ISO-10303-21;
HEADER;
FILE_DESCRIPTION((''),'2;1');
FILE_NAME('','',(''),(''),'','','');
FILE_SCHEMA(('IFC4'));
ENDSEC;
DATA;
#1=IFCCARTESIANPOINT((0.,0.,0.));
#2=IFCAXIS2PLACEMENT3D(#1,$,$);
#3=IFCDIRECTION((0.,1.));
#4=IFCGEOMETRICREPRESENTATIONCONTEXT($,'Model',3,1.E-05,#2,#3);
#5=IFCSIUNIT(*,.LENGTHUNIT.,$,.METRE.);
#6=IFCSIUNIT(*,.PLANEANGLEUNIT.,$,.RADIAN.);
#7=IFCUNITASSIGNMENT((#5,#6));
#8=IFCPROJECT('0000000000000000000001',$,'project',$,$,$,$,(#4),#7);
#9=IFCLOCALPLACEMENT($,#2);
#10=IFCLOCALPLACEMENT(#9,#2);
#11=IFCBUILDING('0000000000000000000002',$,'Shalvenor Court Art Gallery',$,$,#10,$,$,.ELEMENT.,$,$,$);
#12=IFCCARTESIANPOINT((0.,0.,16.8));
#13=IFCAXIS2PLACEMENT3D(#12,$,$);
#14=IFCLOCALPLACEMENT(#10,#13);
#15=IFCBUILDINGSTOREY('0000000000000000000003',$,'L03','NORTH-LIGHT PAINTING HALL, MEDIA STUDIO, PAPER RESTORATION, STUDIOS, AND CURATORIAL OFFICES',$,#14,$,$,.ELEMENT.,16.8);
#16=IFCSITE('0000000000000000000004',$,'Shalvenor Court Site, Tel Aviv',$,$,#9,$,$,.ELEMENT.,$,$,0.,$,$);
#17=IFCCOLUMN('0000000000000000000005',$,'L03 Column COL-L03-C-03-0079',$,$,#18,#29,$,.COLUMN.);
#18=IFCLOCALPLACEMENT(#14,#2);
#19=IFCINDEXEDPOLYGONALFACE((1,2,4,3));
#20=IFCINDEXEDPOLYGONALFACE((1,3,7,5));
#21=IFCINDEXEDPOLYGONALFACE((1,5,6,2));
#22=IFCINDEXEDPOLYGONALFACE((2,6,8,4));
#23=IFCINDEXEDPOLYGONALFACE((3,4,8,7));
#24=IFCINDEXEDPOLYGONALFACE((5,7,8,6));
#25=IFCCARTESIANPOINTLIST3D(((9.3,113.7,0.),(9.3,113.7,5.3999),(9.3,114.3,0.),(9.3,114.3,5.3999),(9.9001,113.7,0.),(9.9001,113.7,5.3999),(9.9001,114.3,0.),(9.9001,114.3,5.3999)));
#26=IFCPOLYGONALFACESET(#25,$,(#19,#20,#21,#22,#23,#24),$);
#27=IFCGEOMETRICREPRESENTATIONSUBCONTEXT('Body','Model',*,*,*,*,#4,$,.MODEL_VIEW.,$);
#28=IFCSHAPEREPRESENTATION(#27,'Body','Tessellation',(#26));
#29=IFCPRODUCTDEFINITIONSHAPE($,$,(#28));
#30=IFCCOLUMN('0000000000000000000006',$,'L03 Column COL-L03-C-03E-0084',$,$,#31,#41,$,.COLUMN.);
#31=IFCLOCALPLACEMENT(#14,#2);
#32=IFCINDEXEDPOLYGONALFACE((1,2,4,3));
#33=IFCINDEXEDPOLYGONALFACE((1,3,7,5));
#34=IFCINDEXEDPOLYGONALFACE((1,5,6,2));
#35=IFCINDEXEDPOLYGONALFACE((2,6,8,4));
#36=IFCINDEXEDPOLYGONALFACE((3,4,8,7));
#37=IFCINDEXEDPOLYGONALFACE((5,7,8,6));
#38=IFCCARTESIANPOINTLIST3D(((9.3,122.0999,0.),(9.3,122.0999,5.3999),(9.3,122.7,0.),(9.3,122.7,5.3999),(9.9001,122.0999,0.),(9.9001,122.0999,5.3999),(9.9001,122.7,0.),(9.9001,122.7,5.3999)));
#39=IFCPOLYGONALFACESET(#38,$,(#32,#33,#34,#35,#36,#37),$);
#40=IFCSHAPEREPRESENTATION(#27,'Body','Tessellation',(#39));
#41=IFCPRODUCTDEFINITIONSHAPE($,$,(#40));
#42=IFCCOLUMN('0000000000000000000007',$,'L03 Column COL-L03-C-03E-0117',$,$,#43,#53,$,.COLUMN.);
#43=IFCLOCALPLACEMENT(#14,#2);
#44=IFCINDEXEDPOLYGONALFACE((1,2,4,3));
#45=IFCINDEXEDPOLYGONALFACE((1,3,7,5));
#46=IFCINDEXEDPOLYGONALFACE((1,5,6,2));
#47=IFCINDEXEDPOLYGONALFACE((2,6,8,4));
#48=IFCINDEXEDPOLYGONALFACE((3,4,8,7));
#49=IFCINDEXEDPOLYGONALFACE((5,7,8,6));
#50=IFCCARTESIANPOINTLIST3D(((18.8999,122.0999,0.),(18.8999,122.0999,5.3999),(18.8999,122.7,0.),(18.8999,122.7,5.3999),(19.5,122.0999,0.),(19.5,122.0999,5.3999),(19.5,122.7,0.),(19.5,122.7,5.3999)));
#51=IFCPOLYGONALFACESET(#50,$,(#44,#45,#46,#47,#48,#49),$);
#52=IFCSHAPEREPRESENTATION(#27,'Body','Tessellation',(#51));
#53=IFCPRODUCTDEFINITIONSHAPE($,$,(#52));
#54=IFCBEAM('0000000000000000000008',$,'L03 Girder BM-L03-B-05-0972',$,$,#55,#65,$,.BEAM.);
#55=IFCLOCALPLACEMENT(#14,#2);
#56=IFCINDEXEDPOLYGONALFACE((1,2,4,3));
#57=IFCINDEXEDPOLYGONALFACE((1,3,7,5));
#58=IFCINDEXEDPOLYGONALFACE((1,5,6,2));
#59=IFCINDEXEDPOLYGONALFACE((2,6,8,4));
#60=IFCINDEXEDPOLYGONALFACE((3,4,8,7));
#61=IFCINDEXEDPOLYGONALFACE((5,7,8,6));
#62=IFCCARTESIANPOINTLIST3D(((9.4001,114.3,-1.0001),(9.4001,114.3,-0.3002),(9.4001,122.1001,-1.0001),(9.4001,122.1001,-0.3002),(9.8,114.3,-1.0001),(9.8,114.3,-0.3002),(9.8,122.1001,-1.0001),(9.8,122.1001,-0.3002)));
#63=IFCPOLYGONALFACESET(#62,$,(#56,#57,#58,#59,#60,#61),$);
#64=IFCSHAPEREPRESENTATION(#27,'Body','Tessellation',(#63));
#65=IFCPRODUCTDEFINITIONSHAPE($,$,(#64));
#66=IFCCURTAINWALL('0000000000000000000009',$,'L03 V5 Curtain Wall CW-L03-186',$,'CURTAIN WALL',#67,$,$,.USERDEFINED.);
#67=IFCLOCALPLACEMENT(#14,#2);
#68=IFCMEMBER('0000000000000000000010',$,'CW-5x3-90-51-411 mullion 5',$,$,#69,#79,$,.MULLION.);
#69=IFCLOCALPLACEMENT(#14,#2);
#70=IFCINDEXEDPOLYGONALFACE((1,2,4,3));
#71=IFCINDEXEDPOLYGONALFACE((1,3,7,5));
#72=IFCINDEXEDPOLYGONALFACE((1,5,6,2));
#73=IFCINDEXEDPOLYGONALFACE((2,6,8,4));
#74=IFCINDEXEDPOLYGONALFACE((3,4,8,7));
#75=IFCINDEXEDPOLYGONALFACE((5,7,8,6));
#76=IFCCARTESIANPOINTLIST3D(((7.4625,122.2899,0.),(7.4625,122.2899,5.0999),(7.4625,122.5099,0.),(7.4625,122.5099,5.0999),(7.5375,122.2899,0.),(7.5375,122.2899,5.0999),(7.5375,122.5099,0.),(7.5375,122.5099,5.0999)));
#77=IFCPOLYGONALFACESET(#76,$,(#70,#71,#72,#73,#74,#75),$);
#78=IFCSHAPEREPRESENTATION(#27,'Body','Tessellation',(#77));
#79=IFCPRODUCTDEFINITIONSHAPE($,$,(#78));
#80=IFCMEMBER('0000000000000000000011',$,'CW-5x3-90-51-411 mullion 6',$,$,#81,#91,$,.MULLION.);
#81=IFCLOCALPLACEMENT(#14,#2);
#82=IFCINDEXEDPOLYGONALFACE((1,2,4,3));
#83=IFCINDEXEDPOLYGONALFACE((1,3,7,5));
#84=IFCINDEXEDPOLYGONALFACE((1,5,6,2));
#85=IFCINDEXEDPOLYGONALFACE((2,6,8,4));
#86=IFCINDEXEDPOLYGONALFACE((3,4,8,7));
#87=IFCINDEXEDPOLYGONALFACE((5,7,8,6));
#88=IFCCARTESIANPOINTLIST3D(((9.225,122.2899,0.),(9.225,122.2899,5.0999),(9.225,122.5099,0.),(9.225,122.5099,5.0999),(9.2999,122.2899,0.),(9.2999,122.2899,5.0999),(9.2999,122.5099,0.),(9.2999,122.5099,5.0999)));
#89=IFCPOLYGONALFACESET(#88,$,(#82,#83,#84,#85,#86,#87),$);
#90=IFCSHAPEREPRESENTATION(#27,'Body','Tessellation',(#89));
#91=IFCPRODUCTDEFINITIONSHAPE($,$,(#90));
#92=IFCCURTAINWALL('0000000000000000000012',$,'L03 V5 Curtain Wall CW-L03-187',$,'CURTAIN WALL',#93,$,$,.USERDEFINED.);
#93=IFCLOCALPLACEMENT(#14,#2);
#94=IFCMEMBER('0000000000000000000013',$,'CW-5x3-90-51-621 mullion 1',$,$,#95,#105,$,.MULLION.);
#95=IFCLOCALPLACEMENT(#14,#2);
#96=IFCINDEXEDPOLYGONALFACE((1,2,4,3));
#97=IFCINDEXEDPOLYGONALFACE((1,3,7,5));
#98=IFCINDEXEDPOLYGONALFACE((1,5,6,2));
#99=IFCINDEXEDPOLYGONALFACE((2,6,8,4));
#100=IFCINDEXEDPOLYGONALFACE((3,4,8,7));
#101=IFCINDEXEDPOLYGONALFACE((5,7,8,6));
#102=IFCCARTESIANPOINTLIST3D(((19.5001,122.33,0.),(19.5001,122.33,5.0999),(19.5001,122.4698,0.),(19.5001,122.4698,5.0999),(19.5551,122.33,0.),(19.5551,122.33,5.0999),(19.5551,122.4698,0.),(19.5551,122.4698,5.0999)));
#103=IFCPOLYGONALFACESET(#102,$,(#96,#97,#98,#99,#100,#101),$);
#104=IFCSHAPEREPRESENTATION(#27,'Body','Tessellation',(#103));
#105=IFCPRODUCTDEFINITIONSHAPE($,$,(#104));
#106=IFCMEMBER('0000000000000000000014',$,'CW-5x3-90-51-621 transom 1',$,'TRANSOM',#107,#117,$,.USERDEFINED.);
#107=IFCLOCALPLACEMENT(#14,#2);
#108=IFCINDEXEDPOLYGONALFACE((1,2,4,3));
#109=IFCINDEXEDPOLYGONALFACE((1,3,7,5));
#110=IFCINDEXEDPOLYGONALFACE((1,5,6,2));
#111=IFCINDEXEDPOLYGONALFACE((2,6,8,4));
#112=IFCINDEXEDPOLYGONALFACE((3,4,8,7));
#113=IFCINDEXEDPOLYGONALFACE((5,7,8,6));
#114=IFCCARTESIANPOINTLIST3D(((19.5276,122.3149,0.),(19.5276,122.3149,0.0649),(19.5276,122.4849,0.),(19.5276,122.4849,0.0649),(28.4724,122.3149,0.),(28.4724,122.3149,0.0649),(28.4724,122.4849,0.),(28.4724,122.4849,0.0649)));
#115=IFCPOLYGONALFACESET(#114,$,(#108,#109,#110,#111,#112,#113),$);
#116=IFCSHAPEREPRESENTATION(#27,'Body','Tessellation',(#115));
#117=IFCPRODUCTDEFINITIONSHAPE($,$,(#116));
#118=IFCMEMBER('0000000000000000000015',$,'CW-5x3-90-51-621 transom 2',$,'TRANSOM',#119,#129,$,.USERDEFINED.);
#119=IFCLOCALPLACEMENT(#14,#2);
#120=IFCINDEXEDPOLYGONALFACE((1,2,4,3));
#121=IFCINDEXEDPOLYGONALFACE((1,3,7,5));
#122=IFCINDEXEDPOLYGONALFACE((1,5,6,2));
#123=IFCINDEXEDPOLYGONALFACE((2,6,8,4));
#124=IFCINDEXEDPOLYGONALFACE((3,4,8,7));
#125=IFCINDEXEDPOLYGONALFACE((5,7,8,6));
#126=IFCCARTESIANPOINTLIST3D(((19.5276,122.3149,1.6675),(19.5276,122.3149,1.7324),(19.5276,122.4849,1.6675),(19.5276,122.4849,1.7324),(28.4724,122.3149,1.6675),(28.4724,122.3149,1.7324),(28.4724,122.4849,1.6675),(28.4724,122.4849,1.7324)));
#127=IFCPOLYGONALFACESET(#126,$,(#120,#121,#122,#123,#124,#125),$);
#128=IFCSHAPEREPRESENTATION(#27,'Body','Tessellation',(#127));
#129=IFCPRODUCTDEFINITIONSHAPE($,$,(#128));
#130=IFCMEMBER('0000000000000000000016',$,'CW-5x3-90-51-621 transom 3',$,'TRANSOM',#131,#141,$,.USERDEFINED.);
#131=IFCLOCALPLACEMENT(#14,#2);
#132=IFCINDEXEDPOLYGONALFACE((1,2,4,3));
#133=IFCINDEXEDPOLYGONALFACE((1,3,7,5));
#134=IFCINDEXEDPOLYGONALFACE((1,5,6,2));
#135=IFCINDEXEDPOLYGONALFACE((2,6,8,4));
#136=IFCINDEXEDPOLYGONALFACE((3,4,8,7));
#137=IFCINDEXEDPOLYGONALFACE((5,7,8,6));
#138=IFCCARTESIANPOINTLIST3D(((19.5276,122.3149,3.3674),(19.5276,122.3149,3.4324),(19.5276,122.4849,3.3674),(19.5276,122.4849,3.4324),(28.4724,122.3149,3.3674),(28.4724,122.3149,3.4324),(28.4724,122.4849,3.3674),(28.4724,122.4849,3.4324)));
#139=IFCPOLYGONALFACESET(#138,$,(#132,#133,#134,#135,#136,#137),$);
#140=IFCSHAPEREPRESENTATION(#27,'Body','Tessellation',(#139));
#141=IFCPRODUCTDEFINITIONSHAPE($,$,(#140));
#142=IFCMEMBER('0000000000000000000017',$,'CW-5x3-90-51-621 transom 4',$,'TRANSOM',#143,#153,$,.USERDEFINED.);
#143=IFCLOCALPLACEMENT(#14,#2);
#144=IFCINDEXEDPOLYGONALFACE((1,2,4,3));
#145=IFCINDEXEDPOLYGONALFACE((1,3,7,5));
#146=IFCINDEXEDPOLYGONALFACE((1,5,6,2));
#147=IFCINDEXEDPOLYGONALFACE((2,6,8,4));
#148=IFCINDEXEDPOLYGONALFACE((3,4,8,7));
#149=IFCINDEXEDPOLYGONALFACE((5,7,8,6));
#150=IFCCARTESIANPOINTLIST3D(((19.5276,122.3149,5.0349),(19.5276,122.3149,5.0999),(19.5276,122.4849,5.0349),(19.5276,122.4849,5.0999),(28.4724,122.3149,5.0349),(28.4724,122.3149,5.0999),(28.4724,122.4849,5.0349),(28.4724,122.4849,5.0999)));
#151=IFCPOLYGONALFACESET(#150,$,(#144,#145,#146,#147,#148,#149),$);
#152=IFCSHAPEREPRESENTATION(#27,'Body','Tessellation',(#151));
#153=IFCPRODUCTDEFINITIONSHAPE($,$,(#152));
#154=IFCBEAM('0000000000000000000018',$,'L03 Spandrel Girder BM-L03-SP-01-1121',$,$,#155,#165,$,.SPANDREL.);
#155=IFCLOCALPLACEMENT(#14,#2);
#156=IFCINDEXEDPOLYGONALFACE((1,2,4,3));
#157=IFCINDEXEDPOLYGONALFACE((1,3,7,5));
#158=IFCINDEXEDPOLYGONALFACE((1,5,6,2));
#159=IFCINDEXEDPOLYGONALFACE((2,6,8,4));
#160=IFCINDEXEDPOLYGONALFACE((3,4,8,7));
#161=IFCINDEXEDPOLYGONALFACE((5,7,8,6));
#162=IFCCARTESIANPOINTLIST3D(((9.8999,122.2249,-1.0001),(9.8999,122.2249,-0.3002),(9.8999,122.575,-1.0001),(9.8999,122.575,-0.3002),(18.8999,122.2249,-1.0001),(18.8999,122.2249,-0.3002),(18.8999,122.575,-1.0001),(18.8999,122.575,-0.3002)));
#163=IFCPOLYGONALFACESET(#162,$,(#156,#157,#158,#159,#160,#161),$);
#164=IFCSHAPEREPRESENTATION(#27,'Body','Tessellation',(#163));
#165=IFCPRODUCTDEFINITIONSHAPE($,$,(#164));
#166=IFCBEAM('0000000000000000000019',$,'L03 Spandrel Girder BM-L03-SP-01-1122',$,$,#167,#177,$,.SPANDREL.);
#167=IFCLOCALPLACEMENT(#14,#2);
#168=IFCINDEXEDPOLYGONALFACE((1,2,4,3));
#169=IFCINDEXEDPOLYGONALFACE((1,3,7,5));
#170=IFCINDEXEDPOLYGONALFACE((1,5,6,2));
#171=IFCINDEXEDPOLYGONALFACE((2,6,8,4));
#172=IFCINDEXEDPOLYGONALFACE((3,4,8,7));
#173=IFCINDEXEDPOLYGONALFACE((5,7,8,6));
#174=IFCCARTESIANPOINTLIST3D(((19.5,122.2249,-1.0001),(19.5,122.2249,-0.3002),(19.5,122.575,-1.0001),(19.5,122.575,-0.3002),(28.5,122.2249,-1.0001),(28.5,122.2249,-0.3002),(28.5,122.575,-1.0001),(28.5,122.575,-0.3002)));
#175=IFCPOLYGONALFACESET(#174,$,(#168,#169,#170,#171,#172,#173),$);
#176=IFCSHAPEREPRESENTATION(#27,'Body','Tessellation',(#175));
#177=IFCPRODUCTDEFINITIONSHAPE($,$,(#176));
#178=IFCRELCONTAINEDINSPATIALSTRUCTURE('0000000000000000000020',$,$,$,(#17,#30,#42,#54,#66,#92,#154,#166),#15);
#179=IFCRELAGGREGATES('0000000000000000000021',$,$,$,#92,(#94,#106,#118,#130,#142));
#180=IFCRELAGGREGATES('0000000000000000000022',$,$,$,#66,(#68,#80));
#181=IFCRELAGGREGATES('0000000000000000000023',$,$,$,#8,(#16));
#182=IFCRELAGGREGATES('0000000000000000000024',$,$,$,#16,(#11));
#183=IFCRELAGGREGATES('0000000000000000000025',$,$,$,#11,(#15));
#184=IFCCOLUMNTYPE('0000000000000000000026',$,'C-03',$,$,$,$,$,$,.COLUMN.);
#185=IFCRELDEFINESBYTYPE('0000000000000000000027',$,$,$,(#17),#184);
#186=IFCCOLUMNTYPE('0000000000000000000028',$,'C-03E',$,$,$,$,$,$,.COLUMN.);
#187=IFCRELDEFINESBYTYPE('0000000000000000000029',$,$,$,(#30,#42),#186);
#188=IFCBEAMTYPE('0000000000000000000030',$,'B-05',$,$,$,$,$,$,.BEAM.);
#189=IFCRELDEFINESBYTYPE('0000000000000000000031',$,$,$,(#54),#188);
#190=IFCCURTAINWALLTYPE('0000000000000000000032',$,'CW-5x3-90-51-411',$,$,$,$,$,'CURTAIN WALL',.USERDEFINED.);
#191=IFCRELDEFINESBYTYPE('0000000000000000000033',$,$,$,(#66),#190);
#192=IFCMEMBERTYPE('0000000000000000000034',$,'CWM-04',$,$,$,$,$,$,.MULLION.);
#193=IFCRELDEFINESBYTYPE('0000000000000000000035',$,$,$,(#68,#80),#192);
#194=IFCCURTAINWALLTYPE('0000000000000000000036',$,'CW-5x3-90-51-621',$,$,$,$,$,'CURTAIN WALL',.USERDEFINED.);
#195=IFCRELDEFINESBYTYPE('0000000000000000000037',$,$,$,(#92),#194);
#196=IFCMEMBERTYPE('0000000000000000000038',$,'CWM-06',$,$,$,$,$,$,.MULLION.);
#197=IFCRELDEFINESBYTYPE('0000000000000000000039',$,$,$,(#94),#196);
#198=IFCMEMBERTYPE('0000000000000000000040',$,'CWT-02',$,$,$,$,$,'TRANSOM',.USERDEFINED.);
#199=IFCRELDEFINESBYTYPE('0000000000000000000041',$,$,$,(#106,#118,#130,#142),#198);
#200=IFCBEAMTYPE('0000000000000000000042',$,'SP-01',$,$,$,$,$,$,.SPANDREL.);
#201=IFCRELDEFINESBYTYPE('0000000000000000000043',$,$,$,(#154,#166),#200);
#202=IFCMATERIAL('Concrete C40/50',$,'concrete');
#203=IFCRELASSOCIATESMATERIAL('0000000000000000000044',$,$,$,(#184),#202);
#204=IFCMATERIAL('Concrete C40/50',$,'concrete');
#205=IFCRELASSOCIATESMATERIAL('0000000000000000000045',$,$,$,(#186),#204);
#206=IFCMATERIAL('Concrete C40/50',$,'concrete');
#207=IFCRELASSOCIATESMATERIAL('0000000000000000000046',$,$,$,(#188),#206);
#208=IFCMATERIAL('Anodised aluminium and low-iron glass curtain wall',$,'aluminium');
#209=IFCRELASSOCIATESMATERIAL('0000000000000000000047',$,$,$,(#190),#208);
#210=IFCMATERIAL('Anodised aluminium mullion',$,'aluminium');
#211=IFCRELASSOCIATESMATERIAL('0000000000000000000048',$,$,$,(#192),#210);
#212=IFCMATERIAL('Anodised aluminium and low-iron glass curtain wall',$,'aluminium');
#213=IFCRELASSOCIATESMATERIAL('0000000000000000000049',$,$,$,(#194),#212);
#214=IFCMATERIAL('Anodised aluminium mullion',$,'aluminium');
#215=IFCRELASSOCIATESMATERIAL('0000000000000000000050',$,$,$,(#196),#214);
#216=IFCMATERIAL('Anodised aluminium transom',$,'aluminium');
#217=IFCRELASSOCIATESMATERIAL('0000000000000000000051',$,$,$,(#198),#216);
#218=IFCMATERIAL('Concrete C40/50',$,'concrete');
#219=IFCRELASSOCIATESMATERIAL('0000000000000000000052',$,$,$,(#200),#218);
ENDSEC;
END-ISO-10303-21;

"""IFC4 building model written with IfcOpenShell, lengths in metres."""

from ifc_helpers import new_model, si_unit, direction, frame, origin, origin_2d, place, context, subcontext, project, spatial, rectangle, extrude, material, material_profile, profile_set, type_object, element, aggregate, save


model = new_model("IFC4")

# Units and contexts
model_context = context("Model", 3, precision=1e-05, world=origin(), true_north=direction((0.0, 1.0)))
body_context = subcontext(model_context, "Body", "Model", "MODEL_VIEW")
ifc_project = project(units=[si_unit("LENGTHUNIT", "METRE"), si_unit("PLANEANGLEUNIT", "RADIAN")], contexts=[model_context])

# Site, building, storey
site_placement = place(None, origin())
site = spatial("IfcSite", under=ifc_project, at=site_placement, Name="Shalvenor Court Site, Tel Aviv", CompositionType="ELEMENT", RefElevation=0.0)
building_placement = place(site_placement, origin())
building = spatial("IfcBuilding", under=site, at=building_placement, Name="Shalvenor Court Art Gallery", CompositionType="ELEMENT")
storey_placement = place(building_placement, frame((0.0, 0.0, 16.8)))
storey = spatial("IfcBuildingStorey", under=building, at=storey_placement, Name="L03", Description="NORTH-LIGHT PAINTING HALL, MEDIA STUDIO, PAPER RESTORATION, STUDIOS, AND CURATORIAL OFFICES", CompositionType="ELEMENT", Elevation=16.8)

# Columns
ifc_material_1 = material(Name="Concrete C40/50", Category="concrete")
ifc_material_profile_1 = material_profile(ifc_material_1, rectangle(XDim=0.6001, YDim=0.6001, at=origin_2d()), Name="RC 600x600")
ifc_profile_set_1 = profile_set([ifc_material_profile_1], Name="Concrete C40/50")
column_type_1 = type_object("IfcColumnType", Name="C-03", PredefinedType="COLUMN", material=ifc_profile_set_1)
column_placement = place(storey_placement, frame((9.6001, 114.0, 0.0), z_axis=(0.0, 0.0, 1.0), x_axis=(1.0, 0.0, 0.0)))
element("IfcColumn", 1, at=column_placement, inside=storey, type_object=column_type_1, Name="L03 Column COL-L03-C-03-0079", PredefinedType="COLUMN", context=body_context, shape_type="SweptSolid", body=[
    extrude(rectangle(XDim=0.6001, YDim=0.6001, at=origin_2d()), origin(), (0.0, 0.0, 1.0), 5.3999),
])
ifc_material_2 = material(Name="Concrete C40/50", Category="concrete")
ifc_material_profile_2 = material_profile(ifc_material_2, rectangle(XDim=0.6001, YDim=0.6001, at=origin_2d()), Name="RC 600x600")
ifc_profile_set_2 = profile_set([ifc_material_profile_2], Name="Concrete C40/50")
column_type_2 = type_object("IfcColumnType", Name="C-03E", PredefinedType="COLUMN", material=ifc_profile_set_2)
for number, where, z_axis, x_axis, name in (
    (2, (9.6001, 122.3999, 0.0), (0.0, 0.0, 1.0), (1.0, 0.0, 0.0), "L03 Column COL-L03-C-03E-0084"),
    (3, (19.2, 122.3999, 0.0), (0.0, 0.0, 1.0), (1.0, 0.0, 0.0), "L03 Column COL-L03-C-03E-0117"),
):
    element("IfcColumn", number, at=place(storey_placement, frame(where, z_axis=z_axis, x_axis=x_axis)), inside=storey, type_object=column_type_2, Name=name, PredefinedType="COLUMN", context=body_context, shape_type="SweptSolid", body=[
        extrude(rectangle(XDim=0.6001, YDim=0.6001, at=origin_2d()), origin(), (0.0, 0.0, 1.0), 5.3999),
    ])

# Beam
ifc_material_3 = material(Name="Concrete C40/50", Category="concrete")
ifc_material_profile_3 = material_profile(ifc_material_3, rectangle(XDim=0.3999, YDim=0.7, at=origin_2d()), Name="RC 400x700")
ifc_profile_set_3 = profile_set([ifc_material_profile_3], Name="Concrete C40/50")
beam_type_1 = type_object("IfcBeamType", Name="B-05", PredefinedType="BEAM", material=ifc_profile_set_3)
beam_placement = place(storey_placement, frame((9.6001, 114.3, -0.6501), z_axis=(0.0, 1.0, 0.0), x_axis=(-1.0, 0.0, 0.0)))
element("IfcBeam", 4, at=beam_placement, inside=storey, type_object=beam_type_1, Name="L03 Girder BM-L03-B-05-0972", PredefinedType="BEAM", context=body_context, shape_type="SweptSolid", body=[
    extrude(rectangle(XDim=0.3999, YDim=0.7, at=origin_2d()), origin(), (0.0, 0.0, 1.0), 7.8),
])

# Curtain walls, members
ifc_material_4 = material(Name="Anodised aluminium and low-iron glass curtain wall", Category="aluminium")
curtain_wall_type_1 = type_object("IfcCurtainWallType", Name="CW-5x3-90-51-411", ElementType="CURTAIN WALL", PredefinedType="USERDEFINED", material=ifc_material_4)
curtain_wall_1_placement = place(storey_placement, origin())
curtain_wall_1 = element("IfcCurtainWall", 5, at=curtain_wall_1_placement, inside=storey, type_object=curtain_wall_type_1, Name="L03 V5 Curtain Wall CW-L03-186", ObjectType="CURTAIN WALL", PredefinedType="USERDEFINED")
ifc_material_5 = material(Name="Anodised aluminium mullion", Category="aluminium")
ifc_material_profile_4 = material_profile(ifc_material_5, rectangle(XDim=0.075, YDim=0.22, at=origin_2d()), Name="CWM-04")
ifc_profile_set_4 = profile_set([ifc_material_profile_4], Name="Anodised aluminium mullion")
member_type_1 = type_object("IfcMemberType", Name="CWM-04", PredefinedType="MULLION", material=ifc_profile_set_4)
member_1_placement = place(storey_placement, frame((7.5, 122.3999, 0.0), z_axis=(0.0, 0.0, 1.0), x_axis=(1.0, 0.0, 0.0)))
member_1 = element("IfcMember", 6, at=member_1_placement, type_object=member_type_1, Name="CW-5x3-90-51-411 mullion 5", PredefinedType="MULLION", context=body_context, shape_type="SweptSolid", body=[
    extrude(rectangle(XDim=0.075, YDim=0.22, at=origin_2d()), origin(), (0.0, 0.0, 1.0), 5.0999),
])
member_2_placement = place(storey_placement, frame((9.2625, 122.3999, 0.0), z_axis=(0.0, 0.0, 1.0), x_axis=(1.0, 0.0, 0.0)))
member_2 = element("IfcMember", 7, at=member_2_placement, type_object=member_type_1, Name="CW-5x3-90-51-411 mullion 6", PredefinedType="MULLION", context=body_context, shape_type="SweptSolid", body=[
    extrude(rectangle(XDim=0.075, YDim=0.22, at=origin_2d()), origin(), (0.0, 0.0, 1.0), 5.0999),
])
ifc_material_6 = material(Name="Anodised aluminium and low-iron glass curtain wall", Category="aluminium")
curtain_wall_type_2 = type_object("IfcCurtainWallType", Name="CW-5x3-90-51-621", ElementType="CURTAIN WALL", PredefinedType="USERDEFINED", material=ifc_material_6)
curtain_wall_2_placement = place(storey_placement, origin())
curtain_wall_2 = element("IfcCurtainWall", 8, at=curtain_wall_2_placement, inside=storey, type_object=curtain_wall_type_2, Name="L03 V5 Curtain Wall CW-L03-187", ObjectType="CURTAIN WALL", PredefinedType="USERDEFINED")
ifc_material_7 = material(Name="Anodised aluminium mullion", Category="aluminium")
ifc_material_profile_5 = material_profile(ifc_material_7, rectangle(XDim=0.0549, YDim=0.1399, at=origin_2d()), Name="CWM-06")
ifc_profile_set_5 = profile_set([ifc_material_profile_5], Name="Anodised aluminium mullion")
member_type_2 = type_object("IfcMemberType", Name="CWM-06", PredefinedType="MULLION", material=ifc_profile_set_5)
member_3_placement = place(storey_placement, frame((19.5276, 122.3999, 0.0), z_axis=(0.0, 0.0, 1.0), x_axis=(1.0, 0.0, 0.0)))
member_3 = element("IfcMember", 9, at=member_3_placement, type_object=member_type_2, Name="CW-5x3-90-51-621 mullion 1", PredefinedType="MULLION", context=body_context, shape_type="SweptSolid", body=[
    extrude(rectangle(XDim=0.0549, YDim=0.1399, at=origin_2d()), origin(), (0.0, 0.0, 1.0), 5.0999),
])
ifc_material_8 = material(Name="Anodised aluminium transom", Category="aluminium")
ifc_material_profile_6 = material_profile(ifc_material_8, rectangle(XDim=0.1699, YDim=0.0649, at=origin_2d()), Name="CWT-02")
ifc_profile_set_6 = profile_set([ifc_material_profile_6], Name="Anodised aluminium transom")
member_type_3 = type_object("IfcMemberType", Name="CWT-02", ElementType="TRANSOM", PredefinedType="USERDEFINED", material=ifc_profile_set_6)
member_4_placement = place(storey_placement, frame((19.5276, 122.3999, 0.0325), z_axis=(1.0, 0.0, 0.0), x_axis=(0.0, 1.0, 0.0)))
member_4 = element("IfcMember", 10, at=member_4_placement, type_object=member_type_3, Name="CW-5x3-90-51-621 transom 1", ObjectType="TRANSOM", PredefinedType="USERDEFINED", context=body_context, shape_type="SweptSolid", body=[
    extrude(rectangle(XDim=0.1699, YDim=0.0649, at=origin_2d()), origin(), (0.0, 0.0, 1.0), 8.9448),
])
member_5_placement = place(storey_placement, frame((19.5276, 122.3999, 1.7), z_axis=(1.0, 0.0, 0.0), x_axis=(0.0, 1.0, 0.0)))
member_5 = element("IfcMember", 11, at=member_5_placement, type_object=member_type_3, Name="CW-5x3-90-51-621 transom 2", ObjectType="TRANSOM", PredefinedType="USERDEFINED", context=body_context, shape_type="SweptSolid", body=[
    extrude(rectangle(XDim=0.1699, YDim=0.0649, at=origin_2d()), origin(), (0.0, 0.0, 1.0), 8.9448),
])
member_6_placement = place(storey_placement, frame((19.5276, 122.3999, 3.3999), z_axis=(1.0, 0.0, 0.0), x_axis=(0.0, 1.0, 0.0)))
member_6 = element("IfcMember", 12, at=member_6_placement, type_object=member_type_3, Name="CW-5x3-90-51-621 transom 3", ObjectType="TRANSOM", PredefinedType="USERDEFINED", context=body_context, shape_type="SweptSolid", body=[
    extrude(rectangle(XDim=0.1699, YDim=0.0649, at=origin_2d()), origin(), (0.0, 0.0, 1.0), 8.9448),
])
member_7_placement = place(storey_placement, frame((19.5276, 122.3999, 5.0674), z_axis=(1.0, 0.0, 0.0), x_axis=(0.0, 1.0, 0.0)))
member_7 = element("IfcMember", 13, at=member_7_placement, type_object=member_type_3, Name="CW-5x3-90-51-621 transom 4", ObjectType="TRANSOM", PredefinedType="USERDEFINED", context=body_context, shape_type="SweptSolid", body=[
    extrude(rectangle(XDim=0.1699, YDim=0.0649, at=origin_2d()), origin(), (0.0, 0.0, 1.0), 8.9448),
])
aggregate(curtain_wall_2, [member_3, member_4, member_5, member_6, member_7])

# Beams
ifc_material_9 = material(Name="Concrete C40/50", Category="concrete")
ifc_material_profile_7 = material_profile(ifc_material_9, rectangle(XDim=0.3501, YDim=0.7, at=origin_2d()), Name="RC 350x700")
ifc_profile_set_7 = profile_set([ifc_material_profile_7], Name="Concrete C40/50")
beam_type_2 = type_object("IfcBeamType", Name="SP-01", PredefinedType="SPANDREL", material=ifc_profile_set_7)
for number, where, z_axis, x_axis, name in (
    (14, (9.8999, 122.3999, -0.6501), (1.0, 0.0, 0.0), (0.0, 1.0, 0.0), "L03 Spandrel Girder BM-L03-SP-01-1121"),
    (15, (19.5, 122.3999, -0.6501), (1.0, 0.0, 0.0), (0.0, 1.0, 0.0), "L03 Spandrel Girder BM-L03-SP-01-1122"),
):
    element("IfcBeam", number, at=place(storey_placement, frame(where, z_axis=z_axis, x_axis=x_axis)), inside=storey, type_object=beam_type_2, Name=name, PredefinedType="SPANDREL", context=body_context, shape_type="SweptSolid", body=[
        extrude(rectangle(XDim=0.3501, YDim=0.7, at=origin_2d()), origin(), (0.0, 0.0, 1.0), 9.0),
    ])

aggregate(curtain_wall_1, [member_1, member_2])

save(model, "model.ifc")
